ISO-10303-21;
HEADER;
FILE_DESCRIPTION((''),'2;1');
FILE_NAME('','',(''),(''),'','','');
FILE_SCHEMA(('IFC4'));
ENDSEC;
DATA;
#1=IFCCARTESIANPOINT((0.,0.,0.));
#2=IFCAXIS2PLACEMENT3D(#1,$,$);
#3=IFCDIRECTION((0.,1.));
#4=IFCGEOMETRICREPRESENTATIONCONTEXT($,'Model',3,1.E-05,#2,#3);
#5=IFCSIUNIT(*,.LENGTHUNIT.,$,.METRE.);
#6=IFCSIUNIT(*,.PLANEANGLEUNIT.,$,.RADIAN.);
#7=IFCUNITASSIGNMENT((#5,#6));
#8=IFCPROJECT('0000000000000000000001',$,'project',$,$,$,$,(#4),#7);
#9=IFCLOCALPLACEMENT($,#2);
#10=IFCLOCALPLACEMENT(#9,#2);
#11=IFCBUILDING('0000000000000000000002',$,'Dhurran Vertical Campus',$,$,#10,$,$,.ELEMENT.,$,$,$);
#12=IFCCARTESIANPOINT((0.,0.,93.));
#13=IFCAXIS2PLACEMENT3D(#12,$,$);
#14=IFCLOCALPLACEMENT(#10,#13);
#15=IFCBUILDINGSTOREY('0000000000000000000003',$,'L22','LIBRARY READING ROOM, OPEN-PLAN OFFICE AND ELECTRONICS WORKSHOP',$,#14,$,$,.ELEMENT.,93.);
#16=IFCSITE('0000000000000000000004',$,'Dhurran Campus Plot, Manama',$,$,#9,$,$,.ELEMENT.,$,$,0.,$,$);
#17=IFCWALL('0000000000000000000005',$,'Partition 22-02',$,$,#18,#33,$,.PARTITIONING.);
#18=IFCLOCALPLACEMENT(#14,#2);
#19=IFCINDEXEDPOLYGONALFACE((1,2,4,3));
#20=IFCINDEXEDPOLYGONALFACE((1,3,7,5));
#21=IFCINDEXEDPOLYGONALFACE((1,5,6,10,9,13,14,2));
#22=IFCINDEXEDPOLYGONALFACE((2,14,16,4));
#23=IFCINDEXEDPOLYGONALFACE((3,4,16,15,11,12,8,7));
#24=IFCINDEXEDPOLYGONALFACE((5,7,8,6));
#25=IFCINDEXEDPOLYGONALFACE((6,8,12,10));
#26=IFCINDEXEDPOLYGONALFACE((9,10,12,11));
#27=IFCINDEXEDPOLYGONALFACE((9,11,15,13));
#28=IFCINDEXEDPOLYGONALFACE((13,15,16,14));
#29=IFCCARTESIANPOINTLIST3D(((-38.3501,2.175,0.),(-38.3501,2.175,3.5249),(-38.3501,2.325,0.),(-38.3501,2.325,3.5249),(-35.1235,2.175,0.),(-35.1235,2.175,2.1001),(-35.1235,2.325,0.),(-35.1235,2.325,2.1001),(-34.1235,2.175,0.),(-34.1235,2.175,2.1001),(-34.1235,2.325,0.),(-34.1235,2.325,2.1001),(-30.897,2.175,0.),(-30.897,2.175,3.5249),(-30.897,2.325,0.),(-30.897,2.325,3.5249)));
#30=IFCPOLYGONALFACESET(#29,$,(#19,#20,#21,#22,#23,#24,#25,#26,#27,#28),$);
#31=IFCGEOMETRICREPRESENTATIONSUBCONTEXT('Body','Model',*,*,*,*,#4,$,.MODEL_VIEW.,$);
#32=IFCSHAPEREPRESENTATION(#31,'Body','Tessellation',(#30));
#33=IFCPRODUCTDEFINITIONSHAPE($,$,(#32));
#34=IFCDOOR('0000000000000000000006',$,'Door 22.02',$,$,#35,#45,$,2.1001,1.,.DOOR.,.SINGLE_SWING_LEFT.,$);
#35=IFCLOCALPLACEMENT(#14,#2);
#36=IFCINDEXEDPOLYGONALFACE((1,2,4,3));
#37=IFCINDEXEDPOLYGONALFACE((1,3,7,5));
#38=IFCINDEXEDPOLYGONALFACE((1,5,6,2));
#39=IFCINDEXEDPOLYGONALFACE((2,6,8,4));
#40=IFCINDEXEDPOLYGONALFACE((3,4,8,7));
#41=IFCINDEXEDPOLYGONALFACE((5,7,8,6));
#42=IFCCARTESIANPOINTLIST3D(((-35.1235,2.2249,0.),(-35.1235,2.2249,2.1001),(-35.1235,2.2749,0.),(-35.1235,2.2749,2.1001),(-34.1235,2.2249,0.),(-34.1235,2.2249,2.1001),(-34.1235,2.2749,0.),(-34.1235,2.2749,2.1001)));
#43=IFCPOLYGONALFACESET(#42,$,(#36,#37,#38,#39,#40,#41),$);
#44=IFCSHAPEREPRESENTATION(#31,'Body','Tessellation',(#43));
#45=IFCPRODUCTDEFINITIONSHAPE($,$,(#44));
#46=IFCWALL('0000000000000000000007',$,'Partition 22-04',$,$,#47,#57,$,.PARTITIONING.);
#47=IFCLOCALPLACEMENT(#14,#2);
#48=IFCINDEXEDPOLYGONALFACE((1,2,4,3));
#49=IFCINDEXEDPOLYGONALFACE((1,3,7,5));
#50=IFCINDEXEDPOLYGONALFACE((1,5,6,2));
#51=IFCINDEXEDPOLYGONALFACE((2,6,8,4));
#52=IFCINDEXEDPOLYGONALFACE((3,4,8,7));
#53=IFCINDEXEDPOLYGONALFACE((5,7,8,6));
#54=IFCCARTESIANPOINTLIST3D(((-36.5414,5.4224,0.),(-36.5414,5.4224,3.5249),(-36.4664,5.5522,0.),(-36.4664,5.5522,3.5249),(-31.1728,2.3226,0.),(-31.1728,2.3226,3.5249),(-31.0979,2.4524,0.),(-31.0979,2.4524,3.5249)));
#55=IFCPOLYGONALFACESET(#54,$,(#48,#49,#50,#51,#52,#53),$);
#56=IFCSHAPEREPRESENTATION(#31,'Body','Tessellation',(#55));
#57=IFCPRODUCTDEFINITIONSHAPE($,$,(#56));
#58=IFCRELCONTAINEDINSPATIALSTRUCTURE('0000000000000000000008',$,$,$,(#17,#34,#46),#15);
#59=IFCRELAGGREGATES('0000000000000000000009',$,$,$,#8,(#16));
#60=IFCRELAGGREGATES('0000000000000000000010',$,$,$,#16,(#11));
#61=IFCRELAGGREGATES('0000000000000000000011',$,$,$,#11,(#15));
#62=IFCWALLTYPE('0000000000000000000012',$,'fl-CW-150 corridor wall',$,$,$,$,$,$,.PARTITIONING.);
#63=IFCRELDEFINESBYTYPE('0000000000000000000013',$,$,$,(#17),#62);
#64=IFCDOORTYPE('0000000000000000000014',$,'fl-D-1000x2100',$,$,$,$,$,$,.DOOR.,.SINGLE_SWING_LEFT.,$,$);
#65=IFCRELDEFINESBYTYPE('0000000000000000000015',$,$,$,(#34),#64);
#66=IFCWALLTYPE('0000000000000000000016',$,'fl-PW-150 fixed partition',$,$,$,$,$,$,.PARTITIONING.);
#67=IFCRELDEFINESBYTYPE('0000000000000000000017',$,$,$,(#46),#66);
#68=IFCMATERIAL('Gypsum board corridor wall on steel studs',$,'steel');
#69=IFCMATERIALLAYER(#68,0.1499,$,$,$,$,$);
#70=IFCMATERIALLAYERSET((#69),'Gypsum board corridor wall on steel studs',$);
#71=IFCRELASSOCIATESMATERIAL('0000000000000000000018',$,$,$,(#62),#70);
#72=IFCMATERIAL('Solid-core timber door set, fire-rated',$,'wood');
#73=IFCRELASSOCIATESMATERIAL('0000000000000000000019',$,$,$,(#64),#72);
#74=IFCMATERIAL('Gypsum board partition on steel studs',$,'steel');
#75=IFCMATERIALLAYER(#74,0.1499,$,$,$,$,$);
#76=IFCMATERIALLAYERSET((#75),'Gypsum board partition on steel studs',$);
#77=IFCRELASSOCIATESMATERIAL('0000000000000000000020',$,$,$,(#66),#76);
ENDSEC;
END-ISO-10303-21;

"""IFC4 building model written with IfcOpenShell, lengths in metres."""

from ifc_helpers import new_model, si_unit, direction, frame, frame_2d, origin, place, context, subcontext, project, spatial, rectangle, extrude, material, layer, layer_set, type_object, element, fill, save


model = new_model("IFC4")

# Units and contexts
model_context = context("Model", 3, precision=1e-05, world=origin(), true_north=direction((0.0, 1.0)))
body_context = subcontext(model_context, "Body", "Model", "MODEL_VIEW")
ifc_project = project(units=[si_unit("LENGTHUNIT", "METRE"), si_unit("PLANEANGLEUNIT", "RADIAN")], contexts=[model_context])

# Site, building, storey
site_placement = place(None, origin())
site = spatial("IfcSite", under=ifc_project, at=site_placement, Name="Dhurran Campus Plot, Manama", CompositionType="ELEMENT", RefElevation=0.0)
building_placement = place(site_placement, origin())
building = spatial("IfcBuilding", under=site, at=building_placement, Name="Dhurran Vertical Campus", CompositionType="ELEMENT")
storey_placement = place(building_placement, frame((0.0, 0.0, 93.0)))
storey = spatial("IfcBuildingStorey", under=building, at=storey_placement, Name="L22", Description="LIBRARY READING ROOM, OPEN-PLAN OFFICE AND ELECTRONICS WORKSHOP", CompositionType="ELEMENT", Elevation=93.0)

# Wall, opening, door
ifc_material_1 = material(Name="Gypsum board corridor wall on steel studs", Category="steel")
ifc_layer_1 = layer(ifc_material_1, 0.1499)
ifc_layer_set_1 = layer_set([ifc_layer_1], Name="Gypsum board corridor wall on steel studs")
wall_type_1 = type_object("IfcWallType", Name="fl-CW-150 corridor wall", PredefinedType="PARTITIONING", material=ifc_layer_set_1)
wall_1_placement = place(storey_placement, frame((-38.3501, 2.25, 0.0), z_axis=(0.0, 0.0, 1.0), x_axis=(1.0, 0.0, 0.0)))
wall_1 = element("IfcWall", 1, at=wall_1_placement, inside=storey, type_object=wall_type_1, Name="Partition 22-02", PredefinedType="PARTITIONING", context=body_context, shape_type="SweptSolid", body=[
    extrude(rectangle(XDim=7.4531, YDim=0.1499, at=frame_2d((3.7266, 0.0))), origin(), (0.0, 0.0, 1.0), 3.5249),
])
opening_1_placement = place(wall_1_placement, frame((3.2266, 0.0, 0.0)))
opening_1 = element("IfcOpeningElement", 2, at=opening_1_placement, cuts=wall_1, PredefinedType="OPENING", context=body_context, shape_type="SweptSolid", body=[
    extrude(rectangle(XDim=1.0, YDim=2.1001, at=frame_2d((0.5, 1.05))), frame((0.0, 0.085, 0.0), z_axis=(0.0, -1.0, 0.0), x_axis=(1.0, 0.0, 0.0)), (0.0, 0.0, 1.0), 0.1699),
])
ifc_material_2 = material(Name="Solid-core timber door set, fire-rated", Category="wood")
door_type = type_object("IfcDoorType", Name="fl-D-1000x2100", OperationType="SINGLE_SWING_LEFT", PredefinedType="DOOR", material=ifc_material_2)
door_placement = place(opening_1_placement, origin())
door = element("IfcDoor", 3, at=door_placement, inside=storey, type_object=door_type, Name="Door 22.02", OperationType="SINGLE_SWING_LEFT", OverallHeight=2.1001, OverallWidth=1.0, PredefinedType="DOOR", context=body_context, shape_type="SweptSolid", body=[
    extrude(rectangle(XDim=1.0, YDim=2.1001, at=frame_2d((0.5, 1.05))), frame((0.0, 0.0249, 0.0), z_axis=(0.0, -1.0, 0.0), x_axis=(1.0, 0.0, 0.0)), (0.0, 0.0, 1.0), 0.05),
])
fill(opening_1, door)

# Wall
ifc_material_3 = material(Name="Gypsum board partition on steel studs", Category="steel")
ifc_layer_2 = layer(ifc_material_3, 0.1499)
ifc_layer_set_2 = layer_set([ifc_layer_2], Name="Gypsum board partition on steel studs")
wall_type_2 = type_object("IfcWallType", Name="fl-PW-150 fixed partition", PredefinedType="PARTITIONING", material=ifc_layer_set_2)
wall_2_placement = place(storey_placement, frame((-36.5039, 5.4873, 0.0), z_axis=(0.0, 0.0, 1.0), x_axis=(0.866007, -0.500032, 0.0)))
element("IfcWall", 4, at=wall_2_placement, inside=storey, type_object=wall_type_2, Name="Partition 22-04", PredefinedType="PARTITIONING", context=body_context, shape_type="SweptSolid", body=[
    extrude(rectangle(XDim=6.1992, YDim=0.1499, at=frame_2d((3.0996, 0.0))), origin(), (0.0, 0.0, 1.0), 3.5249),
])

save(model, "model.ifc")
